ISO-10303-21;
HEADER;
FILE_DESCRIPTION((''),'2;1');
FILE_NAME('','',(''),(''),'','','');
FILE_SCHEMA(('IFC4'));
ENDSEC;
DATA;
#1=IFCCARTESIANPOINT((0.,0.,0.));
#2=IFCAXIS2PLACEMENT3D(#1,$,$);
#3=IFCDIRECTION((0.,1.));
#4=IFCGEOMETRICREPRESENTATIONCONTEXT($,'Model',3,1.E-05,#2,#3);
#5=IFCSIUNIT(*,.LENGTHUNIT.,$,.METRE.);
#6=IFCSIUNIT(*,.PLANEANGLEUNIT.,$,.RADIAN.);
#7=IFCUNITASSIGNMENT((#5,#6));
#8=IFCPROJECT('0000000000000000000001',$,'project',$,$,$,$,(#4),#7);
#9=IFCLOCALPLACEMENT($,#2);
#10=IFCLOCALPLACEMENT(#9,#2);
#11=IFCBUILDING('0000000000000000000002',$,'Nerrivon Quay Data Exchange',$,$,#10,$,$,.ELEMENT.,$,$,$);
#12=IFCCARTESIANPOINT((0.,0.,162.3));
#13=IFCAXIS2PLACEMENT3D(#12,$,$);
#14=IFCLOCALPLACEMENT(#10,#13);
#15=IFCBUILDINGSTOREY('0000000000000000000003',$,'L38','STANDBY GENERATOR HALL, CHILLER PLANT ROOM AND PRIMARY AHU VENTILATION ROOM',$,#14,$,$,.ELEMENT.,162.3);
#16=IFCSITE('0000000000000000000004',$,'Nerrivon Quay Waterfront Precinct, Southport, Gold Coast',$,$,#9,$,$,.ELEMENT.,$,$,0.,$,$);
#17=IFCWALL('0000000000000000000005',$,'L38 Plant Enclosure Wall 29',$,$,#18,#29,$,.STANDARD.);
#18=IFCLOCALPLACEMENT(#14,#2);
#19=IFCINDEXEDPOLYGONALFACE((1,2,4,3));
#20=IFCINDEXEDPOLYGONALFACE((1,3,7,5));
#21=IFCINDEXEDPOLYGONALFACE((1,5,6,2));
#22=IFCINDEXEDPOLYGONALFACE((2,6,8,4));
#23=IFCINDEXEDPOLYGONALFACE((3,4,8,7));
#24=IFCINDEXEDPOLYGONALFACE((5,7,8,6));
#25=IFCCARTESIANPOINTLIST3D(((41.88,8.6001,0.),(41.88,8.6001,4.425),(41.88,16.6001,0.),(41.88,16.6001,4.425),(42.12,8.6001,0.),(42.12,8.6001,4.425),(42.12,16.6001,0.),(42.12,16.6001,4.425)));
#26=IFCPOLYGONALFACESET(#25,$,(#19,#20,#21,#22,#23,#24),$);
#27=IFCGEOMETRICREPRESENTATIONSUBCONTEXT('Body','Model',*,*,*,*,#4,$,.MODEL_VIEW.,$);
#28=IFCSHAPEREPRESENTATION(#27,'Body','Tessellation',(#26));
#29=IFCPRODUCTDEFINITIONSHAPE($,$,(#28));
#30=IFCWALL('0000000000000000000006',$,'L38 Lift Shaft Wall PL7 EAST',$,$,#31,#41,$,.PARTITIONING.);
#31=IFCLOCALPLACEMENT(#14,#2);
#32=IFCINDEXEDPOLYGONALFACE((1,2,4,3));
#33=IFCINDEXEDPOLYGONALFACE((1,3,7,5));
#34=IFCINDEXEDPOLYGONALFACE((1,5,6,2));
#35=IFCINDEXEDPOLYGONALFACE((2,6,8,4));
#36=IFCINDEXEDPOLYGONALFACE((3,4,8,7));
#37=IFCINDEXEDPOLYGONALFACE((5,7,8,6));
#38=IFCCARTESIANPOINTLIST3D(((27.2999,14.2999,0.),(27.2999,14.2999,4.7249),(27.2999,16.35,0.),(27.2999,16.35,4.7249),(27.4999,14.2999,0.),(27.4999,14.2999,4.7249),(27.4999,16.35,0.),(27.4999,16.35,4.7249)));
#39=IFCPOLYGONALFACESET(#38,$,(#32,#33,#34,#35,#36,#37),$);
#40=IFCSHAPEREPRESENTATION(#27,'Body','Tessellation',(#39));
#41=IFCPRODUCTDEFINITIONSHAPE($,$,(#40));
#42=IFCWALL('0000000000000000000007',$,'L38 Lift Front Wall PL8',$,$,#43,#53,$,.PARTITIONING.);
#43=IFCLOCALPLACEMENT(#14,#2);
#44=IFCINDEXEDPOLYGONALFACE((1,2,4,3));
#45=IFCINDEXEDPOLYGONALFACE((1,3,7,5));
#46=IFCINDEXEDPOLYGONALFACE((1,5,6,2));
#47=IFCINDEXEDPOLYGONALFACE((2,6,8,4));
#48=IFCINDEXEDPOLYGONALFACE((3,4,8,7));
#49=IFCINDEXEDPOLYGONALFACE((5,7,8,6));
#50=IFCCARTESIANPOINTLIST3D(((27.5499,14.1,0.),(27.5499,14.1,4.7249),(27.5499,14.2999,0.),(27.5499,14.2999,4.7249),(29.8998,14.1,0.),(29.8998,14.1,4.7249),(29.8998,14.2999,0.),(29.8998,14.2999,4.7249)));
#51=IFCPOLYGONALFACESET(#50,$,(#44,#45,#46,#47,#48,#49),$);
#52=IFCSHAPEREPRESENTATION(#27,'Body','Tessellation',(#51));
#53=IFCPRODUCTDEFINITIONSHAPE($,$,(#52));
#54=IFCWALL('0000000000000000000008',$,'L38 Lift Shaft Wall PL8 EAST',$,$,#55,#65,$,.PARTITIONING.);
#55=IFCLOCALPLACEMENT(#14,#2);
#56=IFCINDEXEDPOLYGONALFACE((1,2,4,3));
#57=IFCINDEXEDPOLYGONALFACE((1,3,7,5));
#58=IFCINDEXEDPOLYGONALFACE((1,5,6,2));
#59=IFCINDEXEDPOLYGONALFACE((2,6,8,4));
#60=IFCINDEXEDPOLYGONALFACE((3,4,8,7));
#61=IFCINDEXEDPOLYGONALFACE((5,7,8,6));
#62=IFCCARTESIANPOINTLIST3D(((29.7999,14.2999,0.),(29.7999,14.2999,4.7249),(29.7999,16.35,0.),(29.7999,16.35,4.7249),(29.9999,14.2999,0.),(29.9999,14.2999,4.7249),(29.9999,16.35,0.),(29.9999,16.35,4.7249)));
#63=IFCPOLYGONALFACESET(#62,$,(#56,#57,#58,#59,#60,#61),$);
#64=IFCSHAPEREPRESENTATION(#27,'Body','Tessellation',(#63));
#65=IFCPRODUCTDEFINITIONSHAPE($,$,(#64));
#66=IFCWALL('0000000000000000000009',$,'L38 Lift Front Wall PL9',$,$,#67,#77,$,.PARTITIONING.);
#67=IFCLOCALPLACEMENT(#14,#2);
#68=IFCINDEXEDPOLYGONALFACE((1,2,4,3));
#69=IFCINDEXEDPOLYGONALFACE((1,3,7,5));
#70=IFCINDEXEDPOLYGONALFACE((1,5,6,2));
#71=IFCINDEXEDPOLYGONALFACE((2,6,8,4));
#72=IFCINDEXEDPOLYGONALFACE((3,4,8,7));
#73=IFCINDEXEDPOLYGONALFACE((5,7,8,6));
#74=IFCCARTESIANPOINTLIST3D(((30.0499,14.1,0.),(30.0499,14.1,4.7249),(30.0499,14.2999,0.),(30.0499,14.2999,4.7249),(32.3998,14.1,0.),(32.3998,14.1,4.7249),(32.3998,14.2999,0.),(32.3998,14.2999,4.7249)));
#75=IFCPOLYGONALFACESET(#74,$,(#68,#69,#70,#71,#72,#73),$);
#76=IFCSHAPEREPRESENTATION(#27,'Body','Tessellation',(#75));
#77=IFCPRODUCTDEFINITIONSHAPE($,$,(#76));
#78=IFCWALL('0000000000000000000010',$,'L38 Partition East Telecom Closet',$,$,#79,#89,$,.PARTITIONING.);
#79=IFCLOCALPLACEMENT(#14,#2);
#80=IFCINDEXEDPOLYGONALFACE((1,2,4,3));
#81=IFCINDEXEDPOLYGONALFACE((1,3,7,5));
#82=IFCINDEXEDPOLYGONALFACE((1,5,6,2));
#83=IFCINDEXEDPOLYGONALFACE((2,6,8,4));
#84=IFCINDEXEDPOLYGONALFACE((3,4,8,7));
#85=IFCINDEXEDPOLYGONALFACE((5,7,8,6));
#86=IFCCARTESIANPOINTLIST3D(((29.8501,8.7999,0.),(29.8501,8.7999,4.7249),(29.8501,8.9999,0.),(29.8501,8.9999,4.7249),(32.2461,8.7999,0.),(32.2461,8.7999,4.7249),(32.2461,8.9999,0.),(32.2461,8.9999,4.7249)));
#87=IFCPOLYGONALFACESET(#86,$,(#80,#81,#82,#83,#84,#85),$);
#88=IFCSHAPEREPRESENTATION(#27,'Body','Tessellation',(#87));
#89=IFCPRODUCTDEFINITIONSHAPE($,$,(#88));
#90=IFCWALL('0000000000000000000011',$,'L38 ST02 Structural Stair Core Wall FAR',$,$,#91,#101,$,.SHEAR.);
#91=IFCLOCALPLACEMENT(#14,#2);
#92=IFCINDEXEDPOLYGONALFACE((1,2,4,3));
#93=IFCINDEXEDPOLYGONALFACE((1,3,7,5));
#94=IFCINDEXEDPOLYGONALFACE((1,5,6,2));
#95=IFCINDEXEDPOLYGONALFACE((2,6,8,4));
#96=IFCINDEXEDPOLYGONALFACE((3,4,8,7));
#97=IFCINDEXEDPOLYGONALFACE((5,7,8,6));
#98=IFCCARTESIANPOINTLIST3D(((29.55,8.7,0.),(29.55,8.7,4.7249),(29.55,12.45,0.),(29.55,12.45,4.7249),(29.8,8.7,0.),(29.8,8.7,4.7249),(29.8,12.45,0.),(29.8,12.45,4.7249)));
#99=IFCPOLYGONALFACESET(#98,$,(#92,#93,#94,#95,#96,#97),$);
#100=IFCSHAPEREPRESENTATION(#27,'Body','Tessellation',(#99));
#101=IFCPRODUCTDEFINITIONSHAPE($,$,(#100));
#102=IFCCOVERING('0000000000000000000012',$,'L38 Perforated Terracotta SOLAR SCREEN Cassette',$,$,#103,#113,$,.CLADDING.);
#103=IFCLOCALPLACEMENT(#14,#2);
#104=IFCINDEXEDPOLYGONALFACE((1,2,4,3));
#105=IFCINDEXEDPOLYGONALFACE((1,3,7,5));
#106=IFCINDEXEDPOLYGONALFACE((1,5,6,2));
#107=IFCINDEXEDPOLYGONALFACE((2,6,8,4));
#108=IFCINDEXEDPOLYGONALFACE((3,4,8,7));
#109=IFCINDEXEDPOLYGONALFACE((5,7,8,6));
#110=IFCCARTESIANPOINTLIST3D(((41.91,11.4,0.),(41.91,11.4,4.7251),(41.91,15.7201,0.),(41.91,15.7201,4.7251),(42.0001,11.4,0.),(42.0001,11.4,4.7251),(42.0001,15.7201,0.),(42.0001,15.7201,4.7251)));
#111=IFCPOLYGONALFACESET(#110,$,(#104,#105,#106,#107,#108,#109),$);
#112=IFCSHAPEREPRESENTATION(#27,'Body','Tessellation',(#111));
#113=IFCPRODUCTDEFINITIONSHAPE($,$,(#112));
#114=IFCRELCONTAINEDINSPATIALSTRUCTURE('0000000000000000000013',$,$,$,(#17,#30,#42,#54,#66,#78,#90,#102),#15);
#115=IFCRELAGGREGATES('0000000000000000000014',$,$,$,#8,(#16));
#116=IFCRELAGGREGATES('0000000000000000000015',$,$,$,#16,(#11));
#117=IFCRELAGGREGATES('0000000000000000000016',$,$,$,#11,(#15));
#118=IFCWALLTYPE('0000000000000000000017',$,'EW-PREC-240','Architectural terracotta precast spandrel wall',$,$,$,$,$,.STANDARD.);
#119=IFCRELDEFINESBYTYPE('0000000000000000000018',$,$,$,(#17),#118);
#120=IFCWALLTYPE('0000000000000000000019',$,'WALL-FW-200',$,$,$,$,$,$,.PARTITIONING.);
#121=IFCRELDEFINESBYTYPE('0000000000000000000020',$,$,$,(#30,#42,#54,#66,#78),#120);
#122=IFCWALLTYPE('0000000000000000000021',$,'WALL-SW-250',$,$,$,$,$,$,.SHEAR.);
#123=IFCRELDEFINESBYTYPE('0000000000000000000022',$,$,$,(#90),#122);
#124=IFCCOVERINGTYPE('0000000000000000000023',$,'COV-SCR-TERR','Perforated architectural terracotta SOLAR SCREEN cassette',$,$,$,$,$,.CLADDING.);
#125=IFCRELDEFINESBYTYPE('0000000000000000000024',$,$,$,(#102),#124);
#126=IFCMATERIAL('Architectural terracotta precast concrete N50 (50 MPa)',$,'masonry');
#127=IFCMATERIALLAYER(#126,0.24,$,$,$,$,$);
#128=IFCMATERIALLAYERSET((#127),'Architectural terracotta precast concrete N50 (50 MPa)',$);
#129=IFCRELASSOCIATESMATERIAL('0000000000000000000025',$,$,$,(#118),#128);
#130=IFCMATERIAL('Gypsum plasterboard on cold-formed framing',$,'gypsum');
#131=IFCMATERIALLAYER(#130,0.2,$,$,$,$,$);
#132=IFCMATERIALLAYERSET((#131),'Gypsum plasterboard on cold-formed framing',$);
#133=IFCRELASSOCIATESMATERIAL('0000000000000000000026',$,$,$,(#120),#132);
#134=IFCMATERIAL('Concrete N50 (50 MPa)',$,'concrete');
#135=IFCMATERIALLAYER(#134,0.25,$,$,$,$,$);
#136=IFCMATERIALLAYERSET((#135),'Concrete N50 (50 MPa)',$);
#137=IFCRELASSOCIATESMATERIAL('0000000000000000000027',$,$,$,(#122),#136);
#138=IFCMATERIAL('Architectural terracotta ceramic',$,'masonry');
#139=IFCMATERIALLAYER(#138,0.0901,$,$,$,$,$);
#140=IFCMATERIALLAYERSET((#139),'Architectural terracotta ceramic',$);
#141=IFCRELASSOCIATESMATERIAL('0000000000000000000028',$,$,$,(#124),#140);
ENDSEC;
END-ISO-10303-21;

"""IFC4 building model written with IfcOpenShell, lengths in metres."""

from ifc_helpers import new_model, si_unit, direction, frame, frame_2d, origin, origin_2d, place, context, subcontext, project, spatial, rectangle, extrude, material, layer, layer_set, type_object, element, save


model = new_model("IFC4")

# Units and contexts
model_context = context("Model", 3, precision=1e-05, world=origin(), true_north=direction((0.0, 1.0)))
body_context = subcontext(model_context, "Body", "Model", "MODEL_VIEW")
ifc_project = project(units=[si_unit("LENGTHUNIT", "METRE"), si_unit("PLANEANGLEUNIT", "RADIAN")], contexts=[model_context])

# Site, building, storey
site_placement = place(None, origin())
site = spatial("IfcSite", under=ifc_project, at=site_placement, Name="Nerrivon Quay Waterfront Precinct, Southport, Gold Coast", CompositionType="ELEMENT", RefElevation=0.0)
building_placement = place(site_placement, origin())
building = spatial("IfcBuilding", under=site, at=building_placement, Name="Nerrivon Quay Data Exchange", CompositionType="ELEMENT")
storey_placement = place(building_placement, frame((0.0, 0.0, 162.3)))
storey = spatial("IfcBuildingStorey", under=building, at=storey_placement, Name="L38", Description="STANDBY GENERATOR HALL, CHILLER PLANT ROOM AND PRIMARY AHU VENTILATION ROOM", CompositionType="ELEMENT", Elevation=162.3)

# Wall
ifc_material_1 = material(Name="Architectural terracotta precast concrete N50 (50 MPa)", Category="masonry")
ifc_layer_1 = layer(ifc_material_1, 0.24)
ifc_layer_set_1 = layer_set([ifc_layer_1], Name="Architectural terracotta precast concrete N50 (50 MPa)")
wall_type_1 = type_object("IfcWallType", Name="EW-PREC-240", Description="Architectural terracotta precast spandrel wall", PredefinedType="STANDARD", material=ifc_layer_set_1)
wall_1_placement = place(storey_placement, frame((42.0, 16.6001, 0.0), z_axis=(0.0, 0.0, 1.0), x_axis=(0.0, -1.0, 0.0)))
element("IfcWall", 1, at=wall_1_placement, inside=storey, type_object=wall_type_1, Name="L38 Plant Enclosure Wall 29", PredefinedType="STANDARD", context=body_context, shape_type="SweptSolid", body=[
    extrude(rectangle(XDim=8.0, YDim=0.24, at=frame_2d((4.0, 0.0))), origin(), (0.0, 0.0, 1.0), 4.425),
])

# Walls
ifc_material_2 = material(Name="Gypsum plasterboard on cold-formed framing", Category="gypsum")
ifc_layer_2 = layer(ifc_material_2, 0.2)
ifc_layer_set_2 = layer_set([ifc_layer_2], Name="Gypsum plasterboard on cold-formed framing")
wall_type_2 = type_object("IfcWallType", Name="WALL-FW-200", PredefinedType="PARTITIONING", material=ifc_layer_set_2)
wall_2_placement = place(storey_placement, frame((27.3999, 14.3, 0.0), z_axis=(0.0, 0.0, 1.0), x_axis=(0.0, 1.0, 0.0)))
element("IfcWall", 2, at=wall_2_placement, inside=storey, type_object=wall_type_2, Name="L38 Lift Shaft Wall PL7 EAST", PredefinedType="PARTITIONING", context=body_context, shape_type="SweptSolid", body=[
    extrude(rectangle(XDim=2.05, YDim=0.2, at=frame_2d((1.0249, 0.0))), origin(), (0.0, 0.0, 1.0), 4.7249),
])
wall_3_placement = place(storey_placement, frame((27.55, 14.2, 0.0), z_axis=(0.0, 0.0, 1.0), x_axis=(1.0, 0.0, 0.0)))
element("IfcWall", 3, at=wall_3_placement, inside=storey, type_object=wall_type_2, Name="L38 Lift Front Wall PL8", PredefinedType="PARTITIONING", context=body_context, shape_type="SweptSolid", body=[
    extrude(rectangle(XDim=2.3499, YDim=0.2, at=frame_2d((1.1748, 0.0))), origin(), (0.0, 0.0, 1.0), 4.7249),
])
wall_4_placement = place(storey_placement, frame((29.8999, 14.3, 0.0), z_axis=(0.0, 0.0, 1.0), x_axis=(0.0, 1.0, 0.0)))
element("IfcWall", 4, at=wall_4_placement, inside=storey, type_object=wall_type_2, Name="L38 Lift Shaft Wall PL8 EAST", PredefinedType="PARTITIONING", context=body_context, shape_type="SweptSolid", body=[
    extrude(rectangle(XDim=2.05, YDim=0.2, at=frame_2d((1.0249, 0.0))), origin(), (0.0, 0.0, 1.0), 4.7249),
])
wall_5_placement = place(storey_placement, frame((30.05, 14.2, 0.0), z_axis=(0.0, 0.0, 1.0), x_axis=(1.0, 0.0, 0.0)))
element("IfcWall", 5, at=wall_5_placement, inside=storey, type_object=wall_type_2, Name="L38 Lift Front Wall PL9", PredefinedType="PARTITIONING", context=body_context, shape_type="SweptSolid", body=[
    extrude(rectangle(XDim=2.3499, YDim=0.2, at=frame_2d((1.1748, 0.0))), origin(), (0.0, 0.0, 1.0), 4.7249),
])

# Walls
wall_6_placement = place(storey_placement, frame((29.8501, 8.8999, 0.0), z_axis=(0.0, 0.0, 1.0), x_axis=(1.0, 0.0, 0.0)))
element("IfcWall", 6, at=wall_6_placement, inside=storey, type_object=wall_type_2, Name="L38 Partition East Telecom Closet", PredefinedType="PARTITIONING", context=body_context, shape_type="SweptSolid", body=[
    extrude(rectangle(XDim=2.396, YDim=0.2, at=frame_2d((1.198, 0.0))), origin(), (0.0, 0.0, 1.0), 4.7249),
])
ifc_material_3 = material(Name="Concrete N50 (50 MPa)", Category="concrete")
ifc_layer_3 = layer(ifc_material_3, 0.25)
ifc_layer_set_3 = layer_set([ifc_layer_3], Name="Concrete N50 (50 MPa)")
wall_type_3 = type_object("IfcWallType", Name="WALL-SW-250", PredefinedType="SHEAR", material=ifc_layer_set_3)
wall_7_placement = place(storey_placement, frame((29.675, 8.7, 0.0), z_axis=(0.0, 0.0, 1.0), x_axis=(0.0, 1.0, 0.0)))
element("IfcWall", 7, at=wall_7_placement, inside=storey, type_object=wall_type_3, Name="L38 ST02 Structural Stair Core Wall FAR", PredefinedType="SHEAR", context=body_context, shape_type="SweptSolid", body=[
    extrude(rectangle(XDim=3.75, YDim=0.25, at=frame_2d((1.875, 0.0))), origin(), (0.0, 0.0, 1.0), 4.7249),
])

# Covering
ifc_material_4 = material(Name="Architectural terracotta ceramic", Category="masonry")
ifc_layer_4 = layer(ifc_material_4, 0.0901)
ifc_layer_set_4 = layer_set([ifc_layer_4], Name="Architectural terracotta ceramic")
covering_type = type_object("IfcCoveringType", Name="COV-SCR-TERR", Description="Perforated architectural terracotta SOLAR SCREEN cassette", PredefinedType="CLADDING", material=ifc_layer_set_4)
covering_placement = place(storey_placement, frame((41.9551, 13.5601, 0.0), z_axis=(0.0, 0.0, 1.0), x_axis=(0.0, -1.0, 0.0)))
element("IfcCovering", 8, at=covering_placement, inside=storey, type_object=covering_type, Name="L38 Perforated Terracotta SOLAR SCREEN Cassette", PredefinedType="CLADDING", context=body_context, shape_type="SweptSolid", body=[
    extrude(rectangle(XDim=4.3201, YDim=0.0901, at=origin_2d()), origin(), (0.0, 0.0, 1.0), 4.7251),
])

save(model, "model.ifc")
